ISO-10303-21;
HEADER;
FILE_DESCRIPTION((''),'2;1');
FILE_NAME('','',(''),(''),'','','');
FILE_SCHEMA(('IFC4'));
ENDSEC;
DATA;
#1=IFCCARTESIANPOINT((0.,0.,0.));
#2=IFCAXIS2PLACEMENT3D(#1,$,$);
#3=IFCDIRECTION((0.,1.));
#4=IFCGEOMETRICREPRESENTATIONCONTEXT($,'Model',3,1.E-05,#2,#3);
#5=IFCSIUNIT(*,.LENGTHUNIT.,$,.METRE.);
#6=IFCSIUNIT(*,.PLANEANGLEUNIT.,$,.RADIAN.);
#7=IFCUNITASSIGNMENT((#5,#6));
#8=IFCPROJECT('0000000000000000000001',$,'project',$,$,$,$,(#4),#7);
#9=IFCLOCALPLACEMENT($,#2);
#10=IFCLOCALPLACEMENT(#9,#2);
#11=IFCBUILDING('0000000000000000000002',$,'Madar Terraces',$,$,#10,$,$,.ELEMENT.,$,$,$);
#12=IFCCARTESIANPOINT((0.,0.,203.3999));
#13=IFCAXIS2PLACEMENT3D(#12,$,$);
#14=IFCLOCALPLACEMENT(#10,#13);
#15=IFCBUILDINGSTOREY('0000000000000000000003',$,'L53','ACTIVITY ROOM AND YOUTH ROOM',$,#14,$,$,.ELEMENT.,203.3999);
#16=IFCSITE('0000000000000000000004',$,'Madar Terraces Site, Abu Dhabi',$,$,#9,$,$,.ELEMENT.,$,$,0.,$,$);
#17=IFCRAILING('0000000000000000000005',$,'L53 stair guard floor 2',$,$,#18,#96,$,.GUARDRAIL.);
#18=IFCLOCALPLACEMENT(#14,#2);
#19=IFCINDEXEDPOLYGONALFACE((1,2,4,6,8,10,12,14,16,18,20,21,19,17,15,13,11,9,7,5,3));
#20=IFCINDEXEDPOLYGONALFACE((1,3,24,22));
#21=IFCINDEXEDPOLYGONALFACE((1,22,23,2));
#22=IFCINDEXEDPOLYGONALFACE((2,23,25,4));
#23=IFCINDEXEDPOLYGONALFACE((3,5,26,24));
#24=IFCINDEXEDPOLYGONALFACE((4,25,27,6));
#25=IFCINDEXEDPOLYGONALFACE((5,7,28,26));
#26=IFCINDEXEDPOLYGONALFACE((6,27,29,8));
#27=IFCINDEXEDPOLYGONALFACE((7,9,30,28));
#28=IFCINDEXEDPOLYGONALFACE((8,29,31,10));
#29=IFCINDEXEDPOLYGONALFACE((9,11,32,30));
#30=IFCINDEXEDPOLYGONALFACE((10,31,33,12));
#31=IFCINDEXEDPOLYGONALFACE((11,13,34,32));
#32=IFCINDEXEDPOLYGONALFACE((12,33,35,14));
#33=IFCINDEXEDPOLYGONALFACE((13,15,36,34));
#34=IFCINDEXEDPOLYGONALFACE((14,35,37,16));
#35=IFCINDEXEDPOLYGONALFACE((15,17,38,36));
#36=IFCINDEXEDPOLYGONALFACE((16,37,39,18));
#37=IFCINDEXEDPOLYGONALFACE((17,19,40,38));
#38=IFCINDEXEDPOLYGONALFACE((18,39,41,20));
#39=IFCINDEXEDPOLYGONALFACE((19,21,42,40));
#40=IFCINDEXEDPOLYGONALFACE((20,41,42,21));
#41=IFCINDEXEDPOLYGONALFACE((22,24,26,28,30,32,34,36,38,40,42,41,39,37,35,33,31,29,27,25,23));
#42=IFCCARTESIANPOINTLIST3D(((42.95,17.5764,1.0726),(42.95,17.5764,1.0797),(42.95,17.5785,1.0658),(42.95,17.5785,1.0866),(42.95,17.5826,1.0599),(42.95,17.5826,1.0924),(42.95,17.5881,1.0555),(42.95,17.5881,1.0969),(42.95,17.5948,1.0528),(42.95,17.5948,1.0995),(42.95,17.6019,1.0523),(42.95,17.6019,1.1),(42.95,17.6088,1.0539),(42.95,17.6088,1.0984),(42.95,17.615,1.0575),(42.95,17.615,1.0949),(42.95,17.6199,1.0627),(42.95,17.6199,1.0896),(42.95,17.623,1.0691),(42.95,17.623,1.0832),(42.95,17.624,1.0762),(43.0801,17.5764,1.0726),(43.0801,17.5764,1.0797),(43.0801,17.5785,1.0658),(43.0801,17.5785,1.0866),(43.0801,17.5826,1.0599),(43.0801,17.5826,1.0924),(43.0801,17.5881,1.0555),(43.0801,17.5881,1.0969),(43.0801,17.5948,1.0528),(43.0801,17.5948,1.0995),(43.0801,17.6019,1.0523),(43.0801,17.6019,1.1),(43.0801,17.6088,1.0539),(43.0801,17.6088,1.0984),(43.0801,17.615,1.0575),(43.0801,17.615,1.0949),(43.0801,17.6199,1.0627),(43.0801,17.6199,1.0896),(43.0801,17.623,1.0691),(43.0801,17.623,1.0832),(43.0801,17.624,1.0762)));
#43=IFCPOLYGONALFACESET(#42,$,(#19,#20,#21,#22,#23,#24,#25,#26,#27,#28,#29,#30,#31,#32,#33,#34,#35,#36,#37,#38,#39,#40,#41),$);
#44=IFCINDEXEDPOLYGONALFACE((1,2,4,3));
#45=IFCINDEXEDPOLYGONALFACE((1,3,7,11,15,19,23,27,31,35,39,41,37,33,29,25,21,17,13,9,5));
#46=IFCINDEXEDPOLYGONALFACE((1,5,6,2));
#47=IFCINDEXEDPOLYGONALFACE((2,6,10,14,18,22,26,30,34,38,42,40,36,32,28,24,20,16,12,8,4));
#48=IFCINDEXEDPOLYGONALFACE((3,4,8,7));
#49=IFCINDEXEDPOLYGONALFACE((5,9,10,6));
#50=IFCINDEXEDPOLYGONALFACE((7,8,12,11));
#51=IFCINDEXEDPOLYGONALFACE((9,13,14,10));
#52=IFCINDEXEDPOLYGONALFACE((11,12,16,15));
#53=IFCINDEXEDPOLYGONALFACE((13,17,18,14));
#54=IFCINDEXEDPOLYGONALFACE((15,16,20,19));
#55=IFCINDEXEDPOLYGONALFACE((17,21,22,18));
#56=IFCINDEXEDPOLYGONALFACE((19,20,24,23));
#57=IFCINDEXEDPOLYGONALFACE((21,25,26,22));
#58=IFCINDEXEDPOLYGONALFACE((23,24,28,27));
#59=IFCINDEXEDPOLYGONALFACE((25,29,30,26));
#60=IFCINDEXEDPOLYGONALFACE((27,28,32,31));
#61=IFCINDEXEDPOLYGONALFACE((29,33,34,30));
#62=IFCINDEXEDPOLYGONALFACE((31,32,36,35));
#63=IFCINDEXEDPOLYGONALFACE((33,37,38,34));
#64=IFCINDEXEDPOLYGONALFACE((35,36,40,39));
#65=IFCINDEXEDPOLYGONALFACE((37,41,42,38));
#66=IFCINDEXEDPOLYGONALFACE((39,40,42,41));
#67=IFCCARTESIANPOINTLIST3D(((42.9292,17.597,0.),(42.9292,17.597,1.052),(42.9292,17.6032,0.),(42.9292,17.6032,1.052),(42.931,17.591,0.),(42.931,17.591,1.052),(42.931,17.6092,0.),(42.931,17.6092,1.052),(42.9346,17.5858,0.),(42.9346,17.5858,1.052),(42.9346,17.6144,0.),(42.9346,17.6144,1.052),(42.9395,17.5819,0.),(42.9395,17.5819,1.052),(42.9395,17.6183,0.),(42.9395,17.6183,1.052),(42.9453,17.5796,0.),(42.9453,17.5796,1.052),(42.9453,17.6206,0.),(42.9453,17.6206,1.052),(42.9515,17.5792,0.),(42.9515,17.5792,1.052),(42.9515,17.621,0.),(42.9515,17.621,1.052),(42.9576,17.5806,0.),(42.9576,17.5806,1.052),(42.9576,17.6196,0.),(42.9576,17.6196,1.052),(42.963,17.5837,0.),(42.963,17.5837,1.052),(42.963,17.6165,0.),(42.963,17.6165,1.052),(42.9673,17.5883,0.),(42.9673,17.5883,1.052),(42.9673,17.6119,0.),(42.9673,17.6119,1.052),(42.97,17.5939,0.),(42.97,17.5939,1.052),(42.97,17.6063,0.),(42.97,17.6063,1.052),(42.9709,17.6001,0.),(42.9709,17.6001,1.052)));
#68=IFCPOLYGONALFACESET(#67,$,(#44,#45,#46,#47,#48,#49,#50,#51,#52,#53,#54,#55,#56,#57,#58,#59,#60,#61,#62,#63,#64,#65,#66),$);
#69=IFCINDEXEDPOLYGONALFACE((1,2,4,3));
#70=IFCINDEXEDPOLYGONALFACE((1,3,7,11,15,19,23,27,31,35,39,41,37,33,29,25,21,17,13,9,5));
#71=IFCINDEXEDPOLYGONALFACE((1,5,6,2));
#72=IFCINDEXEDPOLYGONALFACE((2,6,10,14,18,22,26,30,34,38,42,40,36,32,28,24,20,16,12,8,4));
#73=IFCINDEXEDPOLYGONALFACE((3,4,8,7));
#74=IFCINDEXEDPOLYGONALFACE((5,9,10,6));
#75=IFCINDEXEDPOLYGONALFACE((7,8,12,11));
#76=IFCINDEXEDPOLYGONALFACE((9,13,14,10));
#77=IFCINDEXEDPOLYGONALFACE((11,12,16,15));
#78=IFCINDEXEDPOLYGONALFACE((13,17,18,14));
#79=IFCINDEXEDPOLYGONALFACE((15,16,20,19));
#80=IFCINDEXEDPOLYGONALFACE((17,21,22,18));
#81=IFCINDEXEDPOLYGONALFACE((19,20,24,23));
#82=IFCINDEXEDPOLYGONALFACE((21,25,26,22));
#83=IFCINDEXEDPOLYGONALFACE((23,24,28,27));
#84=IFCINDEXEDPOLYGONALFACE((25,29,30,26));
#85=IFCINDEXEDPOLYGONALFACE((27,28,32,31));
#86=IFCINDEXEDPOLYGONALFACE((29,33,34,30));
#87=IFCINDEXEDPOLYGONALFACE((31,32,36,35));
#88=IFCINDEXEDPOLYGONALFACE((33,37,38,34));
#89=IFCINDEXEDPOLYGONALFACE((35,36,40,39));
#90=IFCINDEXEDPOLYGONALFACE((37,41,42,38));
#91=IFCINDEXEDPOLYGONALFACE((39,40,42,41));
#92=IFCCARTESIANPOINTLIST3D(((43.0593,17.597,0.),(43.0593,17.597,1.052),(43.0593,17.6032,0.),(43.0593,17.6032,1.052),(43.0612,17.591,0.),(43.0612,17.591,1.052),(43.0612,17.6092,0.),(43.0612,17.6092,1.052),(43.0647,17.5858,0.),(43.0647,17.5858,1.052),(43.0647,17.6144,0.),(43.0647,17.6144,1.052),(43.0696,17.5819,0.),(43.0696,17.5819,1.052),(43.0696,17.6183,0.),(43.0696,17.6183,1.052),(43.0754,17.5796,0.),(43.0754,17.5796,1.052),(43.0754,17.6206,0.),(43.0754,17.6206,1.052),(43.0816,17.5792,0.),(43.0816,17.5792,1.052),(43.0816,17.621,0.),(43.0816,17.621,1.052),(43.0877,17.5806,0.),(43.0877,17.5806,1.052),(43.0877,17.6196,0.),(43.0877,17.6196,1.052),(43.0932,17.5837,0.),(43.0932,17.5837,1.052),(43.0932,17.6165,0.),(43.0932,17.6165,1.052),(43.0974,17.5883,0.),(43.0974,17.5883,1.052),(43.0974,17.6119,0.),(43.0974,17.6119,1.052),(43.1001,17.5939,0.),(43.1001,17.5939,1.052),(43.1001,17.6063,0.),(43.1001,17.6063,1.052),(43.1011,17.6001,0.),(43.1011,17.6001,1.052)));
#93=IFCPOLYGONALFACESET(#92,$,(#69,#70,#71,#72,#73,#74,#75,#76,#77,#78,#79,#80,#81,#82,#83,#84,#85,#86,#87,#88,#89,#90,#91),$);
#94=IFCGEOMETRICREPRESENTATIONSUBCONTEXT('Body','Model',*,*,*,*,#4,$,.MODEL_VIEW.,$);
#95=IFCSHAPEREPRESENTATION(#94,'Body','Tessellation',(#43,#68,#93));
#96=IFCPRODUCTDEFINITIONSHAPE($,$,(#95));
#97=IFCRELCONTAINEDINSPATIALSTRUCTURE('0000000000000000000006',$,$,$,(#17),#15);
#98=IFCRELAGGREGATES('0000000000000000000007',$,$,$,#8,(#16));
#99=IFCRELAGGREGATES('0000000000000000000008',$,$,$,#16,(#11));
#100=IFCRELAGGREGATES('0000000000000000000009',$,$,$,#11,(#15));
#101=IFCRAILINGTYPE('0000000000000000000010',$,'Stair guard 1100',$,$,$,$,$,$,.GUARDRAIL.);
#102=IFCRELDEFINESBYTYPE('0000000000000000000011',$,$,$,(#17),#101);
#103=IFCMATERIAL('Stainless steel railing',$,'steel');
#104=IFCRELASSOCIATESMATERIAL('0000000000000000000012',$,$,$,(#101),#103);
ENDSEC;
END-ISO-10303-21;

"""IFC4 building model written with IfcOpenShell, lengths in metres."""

from ifc_helpers import new_model, si_unit, direction, frame, origin, origin_2d, place, context, subcontext, project, spatial, circle, extrude, material, type_object, element, save


model = new_model("IFC4")

# Units and contexts
model_context = context("Model", 3, precision=1e-05, world=origin(), true_north=direction((0.0, 1.0)))
body_context = subcontext(model_context, "Body", "Model", "MODEL_VIEW")
ifc_project = project(units=[si_unit("LENGTHUNIT", "METRE"), si_unit("PLANEANGLEUNIT", "RADIAN")], contexts=[model_context])

# Site, building, storey
site_placement = place(None, origin())
site = spatial("IfcSite", under=ifc_project, at=site_placement, Name="Madar Terraces Site, Abu Dhabi", CompositionType="ELEMENT", RefElevation=0.0)
building_placement = place(site_placement, origin())
building = spatial("IfcBuilding", under=site, at=building_placement, Name="Madar Terraces", CompositionType="ELEMENT")
storey_placement = place(building_placement, frame((0.0, 0.0, 203.3999)))
storey = spatial("IfcBuildingStorey", under=building, at=storey_placement, Name="L53", Description="ACTIVITY ROOM AND YOUTH ROOM", CompositionType="ELEMENT", Elevation=203.3999)

# Railing
ifc_material_1 = material(Name="Stainless steel railing", Category="steel")
railing_type_1 = type_object("IfcRailingType", Name="Stair guard 1100", PredefinedType="GUARDRAIL", material=ifc_material_1)
for number, where, name in (
    (1, (42.95, 17.6001, 0.0), "L53 stair guard floor 2"),
):
    element("IfcRailing", number, at=place(storey_placement, frame(where)), inside=storey, type_object=railing_type_1, Name=name, PredefinedType="GUARDRAIL", context=body_context, shape_type="SweptSolid", body=[
        extrude(circle(Radius=0.0239, at=origin_2d()), frame((0.0, 0.0, 1.0762), z_axis=(1.0, 0.0, 0.0), x_axis=(0.0, 1.0, 0.0)), (0.0, 0.0, 1.0), 0.1301),
        extrude(circle(Radius=0.021, at=origin_2d()), origin(), (0.0, 0.0, 1.0), 1.052),
        extrude(circle(Radius=0.021, at=origin_2d()), frame((0.1301, 0.0, 0.0)), (0.0, 0.0, 1.0), 1.052),
    ])

save(model, "model.ifc")
